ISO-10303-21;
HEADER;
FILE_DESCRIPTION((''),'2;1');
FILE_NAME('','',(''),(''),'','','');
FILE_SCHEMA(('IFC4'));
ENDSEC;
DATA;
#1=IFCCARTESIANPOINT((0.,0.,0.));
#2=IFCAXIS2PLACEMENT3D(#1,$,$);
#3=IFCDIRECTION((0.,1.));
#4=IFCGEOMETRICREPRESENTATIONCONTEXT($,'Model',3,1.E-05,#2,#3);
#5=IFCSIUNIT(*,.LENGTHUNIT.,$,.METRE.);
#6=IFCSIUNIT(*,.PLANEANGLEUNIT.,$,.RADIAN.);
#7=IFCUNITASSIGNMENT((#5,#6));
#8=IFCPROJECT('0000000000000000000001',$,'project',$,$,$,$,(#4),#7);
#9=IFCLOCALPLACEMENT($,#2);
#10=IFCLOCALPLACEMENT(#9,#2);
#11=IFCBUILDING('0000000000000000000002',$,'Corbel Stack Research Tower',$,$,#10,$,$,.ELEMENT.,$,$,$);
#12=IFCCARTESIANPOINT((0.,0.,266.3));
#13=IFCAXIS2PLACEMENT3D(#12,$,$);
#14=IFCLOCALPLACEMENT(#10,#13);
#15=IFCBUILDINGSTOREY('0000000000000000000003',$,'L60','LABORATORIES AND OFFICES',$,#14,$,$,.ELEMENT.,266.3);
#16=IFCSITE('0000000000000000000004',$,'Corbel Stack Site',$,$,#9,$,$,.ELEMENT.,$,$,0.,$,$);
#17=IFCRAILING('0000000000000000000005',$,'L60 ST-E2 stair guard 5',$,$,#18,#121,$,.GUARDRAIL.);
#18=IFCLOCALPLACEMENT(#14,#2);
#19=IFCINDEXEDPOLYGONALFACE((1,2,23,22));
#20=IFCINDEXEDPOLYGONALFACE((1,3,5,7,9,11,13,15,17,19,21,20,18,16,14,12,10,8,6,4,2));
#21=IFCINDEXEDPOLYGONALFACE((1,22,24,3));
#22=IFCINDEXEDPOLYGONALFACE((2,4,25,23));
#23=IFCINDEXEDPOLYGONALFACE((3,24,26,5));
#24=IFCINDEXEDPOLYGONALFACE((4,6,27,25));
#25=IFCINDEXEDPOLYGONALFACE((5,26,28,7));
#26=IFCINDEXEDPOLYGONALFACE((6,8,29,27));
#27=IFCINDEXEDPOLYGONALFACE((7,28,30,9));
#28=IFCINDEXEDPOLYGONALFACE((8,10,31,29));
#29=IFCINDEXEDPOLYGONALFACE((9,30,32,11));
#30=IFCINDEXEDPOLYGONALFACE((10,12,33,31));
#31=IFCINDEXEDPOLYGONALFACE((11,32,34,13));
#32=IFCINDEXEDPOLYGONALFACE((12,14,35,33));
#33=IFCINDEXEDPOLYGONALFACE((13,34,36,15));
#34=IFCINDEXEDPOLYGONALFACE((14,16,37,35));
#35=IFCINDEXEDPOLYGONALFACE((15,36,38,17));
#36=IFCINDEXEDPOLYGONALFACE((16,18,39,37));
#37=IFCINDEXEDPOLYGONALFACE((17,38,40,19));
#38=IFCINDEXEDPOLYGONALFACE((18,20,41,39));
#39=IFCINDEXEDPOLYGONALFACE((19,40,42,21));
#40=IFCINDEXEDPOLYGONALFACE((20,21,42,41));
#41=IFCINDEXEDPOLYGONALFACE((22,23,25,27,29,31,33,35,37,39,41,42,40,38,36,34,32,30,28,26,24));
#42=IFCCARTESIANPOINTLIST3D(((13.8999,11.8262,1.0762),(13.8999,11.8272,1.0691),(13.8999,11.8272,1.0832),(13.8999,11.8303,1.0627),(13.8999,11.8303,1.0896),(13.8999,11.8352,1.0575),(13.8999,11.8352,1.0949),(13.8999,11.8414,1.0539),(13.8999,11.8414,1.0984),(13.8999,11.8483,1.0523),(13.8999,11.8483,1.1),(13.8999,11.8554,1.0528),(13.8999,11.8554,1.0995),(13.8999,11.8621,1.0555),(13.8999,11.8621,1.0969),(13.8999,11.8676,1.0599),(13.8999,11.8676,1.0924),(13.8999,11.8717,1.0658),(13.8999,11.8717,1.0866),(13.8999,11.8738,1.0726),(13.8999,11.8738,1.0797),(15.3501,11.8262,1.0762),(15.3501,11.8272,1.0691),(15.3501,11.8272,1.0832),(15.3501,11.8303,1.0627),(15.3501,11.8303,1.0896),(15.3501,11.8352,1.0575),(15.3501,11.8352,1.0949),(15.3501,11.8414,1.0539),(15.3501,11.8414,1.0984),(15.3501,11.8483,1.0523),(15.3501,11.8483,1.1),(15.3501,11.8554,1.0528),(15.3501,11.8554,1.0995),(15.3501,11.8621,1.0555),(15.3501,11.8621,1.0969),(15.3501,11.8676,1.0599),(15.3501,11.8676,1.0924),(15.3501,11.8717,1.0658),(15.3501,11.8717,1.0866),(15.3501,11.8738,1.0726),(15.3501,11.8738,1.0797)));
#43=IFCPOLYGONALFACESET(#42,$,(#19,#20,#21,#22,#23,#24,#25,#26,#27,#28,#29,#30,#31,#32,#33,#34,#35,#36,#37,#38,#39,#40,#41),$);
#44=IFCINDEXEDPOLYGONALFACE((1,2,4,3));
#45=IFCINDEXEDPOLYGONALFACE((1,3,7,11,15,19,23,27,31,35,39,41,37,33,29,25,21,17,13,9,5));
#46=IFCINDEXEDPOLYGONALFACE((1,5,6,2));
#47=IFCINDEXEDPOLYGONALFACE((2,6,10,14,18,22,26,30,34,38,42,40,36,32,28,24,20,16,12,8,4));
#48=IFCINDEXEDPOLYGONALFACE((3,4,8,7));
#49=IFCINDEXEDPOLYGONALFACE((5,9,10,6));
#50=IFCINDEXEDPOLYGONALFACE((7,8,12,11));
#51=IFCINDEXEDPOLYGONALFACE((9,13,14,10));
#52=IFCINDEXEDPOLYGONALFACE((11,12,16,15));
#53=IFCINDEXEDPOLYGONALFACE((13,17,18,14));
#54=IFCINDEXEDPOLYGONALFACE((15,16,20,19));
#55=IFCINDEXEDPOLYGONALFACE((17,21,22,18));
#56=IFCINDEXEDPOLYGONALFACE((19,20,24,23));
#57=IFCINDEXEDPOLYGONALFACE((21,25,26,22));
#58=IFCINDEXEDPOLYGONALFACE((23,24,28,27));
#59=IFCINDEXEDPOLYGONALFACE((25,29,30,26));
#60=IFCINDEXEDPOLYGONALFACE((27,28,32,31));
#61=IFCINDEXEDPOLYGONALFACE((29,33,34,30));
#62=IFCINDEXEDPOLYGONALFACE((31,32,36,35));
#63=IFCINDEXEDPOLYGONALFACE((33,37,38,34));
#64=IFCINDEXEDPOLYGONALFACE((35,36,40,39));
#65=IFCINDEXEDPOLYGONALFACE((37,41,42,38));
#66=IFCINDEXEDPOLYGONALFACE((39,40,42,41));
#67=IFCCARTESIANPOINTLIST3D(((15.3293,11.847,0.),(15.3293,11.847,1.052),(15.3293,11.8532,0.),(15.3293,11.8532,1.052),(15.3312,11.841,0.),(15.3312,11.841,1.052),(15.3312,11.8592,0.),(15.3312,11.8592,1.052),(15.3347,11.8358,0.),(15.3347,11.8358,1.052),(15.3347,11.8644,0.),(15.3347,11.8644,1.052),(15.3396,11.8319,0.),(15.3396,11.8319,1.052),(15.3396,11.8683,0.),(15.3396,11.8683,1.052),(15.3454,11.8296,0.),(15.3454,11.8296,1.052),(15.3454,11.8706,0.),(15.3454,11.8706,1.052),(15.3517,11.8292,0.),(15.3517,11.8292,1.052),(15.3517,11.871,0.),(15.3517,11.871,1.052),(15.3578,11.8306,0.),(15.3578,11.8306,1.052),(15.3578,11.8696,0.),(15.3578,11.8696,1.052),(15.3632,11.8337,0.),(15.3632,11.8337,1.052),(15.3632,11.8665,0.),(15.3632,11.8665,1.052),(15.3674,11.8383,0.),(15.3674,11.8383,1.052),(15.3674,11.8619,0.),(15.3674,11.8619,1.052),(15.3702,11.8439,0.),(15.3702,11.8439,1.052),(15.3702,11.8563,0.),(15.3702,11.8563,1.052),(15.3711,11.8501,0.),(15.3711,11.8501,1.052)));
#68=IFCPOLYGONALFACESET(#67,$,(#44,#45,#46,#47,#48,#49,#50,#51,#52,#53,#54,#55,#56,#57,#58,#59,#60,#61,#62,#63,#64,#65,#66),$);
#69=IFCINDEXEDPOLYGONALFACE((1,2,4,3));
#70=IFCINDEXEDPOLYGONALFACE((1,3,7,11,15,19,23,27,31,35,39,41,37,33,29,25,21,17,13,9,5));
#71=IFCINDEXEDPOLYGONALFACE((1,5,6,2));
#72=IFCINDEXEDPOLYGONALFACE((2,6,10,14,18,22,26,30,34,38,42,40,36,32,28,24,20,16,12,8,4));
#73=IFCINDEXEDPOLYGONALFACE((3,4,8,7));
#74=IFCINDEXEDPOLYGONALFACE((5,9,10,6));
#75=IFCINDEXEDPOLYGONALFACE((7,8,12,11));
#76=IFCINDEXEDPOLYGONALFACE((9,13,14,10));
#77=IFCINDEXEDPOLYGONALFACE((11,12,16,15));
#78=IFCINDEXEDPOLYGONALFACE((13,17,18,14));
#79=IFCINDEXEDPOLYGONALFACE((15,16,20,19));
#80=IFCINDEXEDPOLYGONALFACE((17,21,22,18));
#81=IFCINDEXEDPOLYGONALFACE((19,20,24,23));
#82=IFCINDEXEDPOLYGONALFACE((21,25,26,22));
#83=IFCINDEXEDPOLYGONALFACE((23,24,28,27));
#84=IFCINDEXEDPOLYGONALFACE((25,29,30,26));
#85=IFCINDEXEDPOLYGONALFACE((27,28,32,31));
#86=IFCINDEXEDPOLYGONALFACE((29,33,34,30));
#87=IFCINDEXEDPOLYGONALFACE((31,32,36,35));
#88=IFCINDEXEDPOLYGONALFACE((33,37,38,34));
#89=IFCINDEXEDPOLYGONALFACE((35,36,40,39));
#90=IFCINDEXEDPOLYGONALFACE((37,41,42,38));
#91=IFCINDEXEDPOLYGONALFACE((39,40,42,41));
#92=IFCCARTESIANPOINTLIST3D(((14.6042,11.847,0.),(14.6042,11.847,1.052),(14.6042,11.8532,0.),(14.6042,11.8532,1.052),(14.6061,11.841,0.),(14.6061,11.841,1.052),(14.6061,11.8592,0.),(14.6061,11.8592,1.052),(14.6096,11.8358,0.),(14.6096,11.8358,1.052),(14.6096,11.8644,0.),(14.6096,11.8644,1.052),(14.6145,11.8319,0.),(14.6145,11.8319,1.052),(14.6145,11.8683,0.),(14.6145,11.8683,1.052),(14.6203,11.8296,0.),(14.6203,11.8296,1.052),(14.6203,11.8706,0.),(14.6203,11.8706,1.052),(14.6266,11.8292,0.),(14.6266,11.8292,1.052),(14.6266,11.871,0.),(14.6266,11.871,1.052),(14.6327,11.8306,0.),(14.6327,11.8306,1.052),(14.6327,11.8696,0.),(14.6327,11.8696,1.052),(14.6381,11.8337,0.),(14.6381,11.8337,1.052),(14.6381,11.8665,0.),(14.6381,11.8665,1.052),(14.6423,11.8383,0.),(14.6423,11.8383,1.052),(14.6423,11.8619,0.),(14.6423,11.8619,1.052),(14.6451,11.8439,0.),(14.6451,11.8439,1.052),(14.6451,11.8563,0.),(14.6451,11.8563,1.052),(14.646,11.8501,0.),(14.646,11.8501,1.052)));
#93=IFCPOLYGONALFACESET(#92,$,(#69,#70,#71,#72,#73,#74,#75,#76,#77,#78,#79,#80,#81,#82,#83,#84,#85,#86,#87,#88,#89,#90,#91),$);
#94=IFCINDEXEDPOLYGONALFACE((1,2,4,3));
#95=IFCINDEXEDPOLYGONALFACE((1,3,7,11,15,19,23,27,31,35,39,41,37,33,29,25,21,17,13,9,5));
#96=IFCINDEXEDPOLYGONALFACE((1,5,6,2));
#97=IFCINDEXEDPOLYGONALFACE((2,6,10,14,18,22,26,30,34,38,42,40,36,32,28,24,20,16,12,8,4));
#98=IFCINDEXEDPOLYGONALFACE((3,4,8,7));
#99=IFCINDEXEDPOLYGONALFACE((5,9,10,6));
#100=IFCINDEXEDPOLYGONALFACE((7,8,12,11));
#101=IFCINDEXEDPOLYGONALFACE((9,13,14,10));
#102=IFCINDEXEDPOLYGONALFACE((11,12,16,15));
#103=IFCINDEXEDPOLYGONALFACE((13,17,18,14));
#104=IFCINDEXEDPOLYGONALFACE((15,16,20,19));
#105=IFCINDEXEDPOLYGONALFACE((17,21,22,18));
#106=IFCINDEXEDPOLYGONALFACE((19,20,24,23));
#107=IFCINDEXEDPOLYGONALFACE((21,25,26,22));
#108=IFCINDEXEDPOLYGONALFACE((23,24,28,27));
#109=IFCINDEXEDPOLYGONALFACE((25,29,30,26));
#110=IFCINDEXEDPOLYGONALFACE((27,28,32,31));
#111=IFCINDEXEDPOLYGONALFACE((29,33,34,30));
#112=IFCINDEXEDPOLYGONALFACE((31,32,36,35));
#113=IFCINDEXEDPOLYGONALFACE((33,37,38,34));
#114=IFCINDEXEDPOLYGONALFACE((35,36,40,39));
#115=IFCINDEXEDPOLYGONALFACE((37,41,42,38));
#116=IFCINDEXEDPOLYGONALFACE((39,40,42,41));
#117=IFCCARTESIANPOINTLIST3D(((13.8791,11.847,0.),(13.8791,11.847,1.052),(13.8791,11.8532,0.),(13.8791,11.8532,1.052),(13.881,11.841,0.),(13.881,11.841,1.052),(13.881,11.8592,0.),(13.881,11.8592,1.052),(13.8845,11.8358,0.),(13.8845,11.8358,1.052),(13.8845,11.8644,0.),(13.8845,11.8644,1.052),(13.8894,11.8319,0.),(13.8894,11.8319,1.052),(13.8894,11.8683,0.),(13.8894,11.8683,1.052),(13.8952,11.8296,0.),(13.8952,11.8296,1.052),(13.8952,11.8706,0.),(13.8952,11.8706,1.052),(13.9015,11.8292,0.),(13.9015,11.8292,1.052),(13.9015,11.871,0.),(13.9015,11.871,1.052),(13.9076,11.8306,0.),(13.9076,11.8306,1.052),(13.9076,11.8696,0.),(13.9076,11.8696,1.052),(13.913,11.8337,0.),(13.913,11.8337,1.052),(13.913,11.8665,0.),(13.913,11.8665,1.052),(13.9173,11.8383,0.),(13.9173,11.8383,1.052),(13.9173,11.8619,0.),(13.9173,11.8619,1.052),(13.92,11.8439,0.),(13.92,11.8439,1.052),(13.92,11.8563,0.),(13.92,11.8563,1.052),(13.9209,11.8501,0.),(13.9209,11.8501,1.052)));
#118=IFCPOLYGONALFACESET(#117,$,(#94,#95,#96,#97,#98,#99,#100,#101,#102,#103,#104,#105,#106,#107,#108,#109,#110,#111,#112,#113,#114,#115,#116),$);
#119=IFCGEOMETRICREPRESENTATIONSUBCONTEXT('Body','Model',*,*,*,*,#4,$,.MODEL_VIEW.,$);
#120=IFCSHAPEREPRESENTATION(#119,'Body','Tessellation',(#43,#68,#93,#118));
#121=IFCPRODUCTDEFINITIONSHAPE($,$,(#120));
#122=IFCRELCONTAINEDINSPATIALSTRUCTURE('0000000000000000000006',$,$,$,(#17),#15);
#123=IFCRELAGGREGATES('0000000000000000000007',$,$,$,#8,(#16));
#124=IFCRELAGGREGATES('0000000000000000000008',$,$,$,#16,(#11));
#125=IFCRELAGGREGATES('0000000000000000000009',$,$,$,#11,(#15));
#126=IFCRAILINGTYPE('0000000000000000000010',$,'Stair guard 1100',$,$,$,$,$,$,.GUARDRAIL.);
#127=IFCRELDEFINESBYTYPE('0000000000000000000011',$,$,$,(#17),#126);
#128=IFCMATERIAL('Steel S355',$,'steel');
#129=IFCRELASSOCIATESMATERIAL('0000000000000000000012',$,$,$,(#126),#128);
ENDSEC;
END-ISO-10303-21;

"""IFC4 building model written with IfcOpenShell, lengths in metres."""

from ifc_helpers import new_model, si_unit, direction, frame, origin, origin_2d, place, context, subcontext, project, spatial, circle, extrude, material, type_object, element, save


model = new_model("IFC4")

# Units and contexts
model_context = context("Model", 3, precision=1e-05, world=origin(), true_north=direction((0.0, 1.0)))
body_context = subcontext(model_context, "Body", "Model", "MODEL_VIEW")
ifc_project = project(units=[si_unit("LENGTHUNIT", "METRE"), si_unit("PLANEANGLEUNIT", "RADIAN")], contexts=[model_context])

# Site, building, storey
site_placement = place(None, origin())
site = spatial("IfcSite", under=ifc_project, at=site_placement, Name="Corbel Stack Site", CompositionType="ELEMENT", RefElevation=0.0)
building_placement = place(site_placement, origin())
building = spatial("IfcBuilding", under=site, at=building_placement, Name="Corbel Stack Research Tower", CompositionType="ELEMENT")
storey_placement = place(building_placement, frame((0.0, 0.0, 266.3)))
storey = spatial("IfcBuildingStorey", under=building, at=storey_placement, Name="L60", Description="LABORATORIES AND OFFICES", CompositionType="ELEMENT", Elevation=266.3)

# Railing
ifc_material_1 = material(Name="Steel S355", Category="steel")
railing_type_1 = type_object("IfcRailingType", Name="Stair guard 1100", PredefinedType="GUARDRAIL", material=ifc_material_1)
railing_1_placement = place(storey_placement, frame((15.3501, 11.8501, 0.0)))
element("IfcRailing", 1, at=railing_1_placement, inside=storey, type_object=railing_type_1, Name="L60 ST-E2 stair guard 5", PredefinedType="GUARDRAIL", context=body_context, shape_type="SweptSolid", body=[
    extrude(circle(Radius=0.0239, at=origin_2d()), frame((0.0, 0.0, 1.0762), z_axis=(-1.0, 0.0, 0.0), x_axis=(0.0, -1.0, 0.0)), (0.0, 0.0, 1.0), 1.4502),
    extrude(circle(Radius=0.021, at=origin_2d()), origin(), (0.0, 0.0, 1.0), 1.052),
    extrude(circle(Radius=0.021, at=origin_2d()), frame((-0.7251, 0.0, 0.0)), (0.0, 0.0, 1.0), 1.052),
    extrude(circle(Radius=0.021, at=origin_2d()), frame((-1.4502, 0.0, 0.0)), (0.0, 0.0, 1.0), 1.052),
])

save(model, "model.ifc")
